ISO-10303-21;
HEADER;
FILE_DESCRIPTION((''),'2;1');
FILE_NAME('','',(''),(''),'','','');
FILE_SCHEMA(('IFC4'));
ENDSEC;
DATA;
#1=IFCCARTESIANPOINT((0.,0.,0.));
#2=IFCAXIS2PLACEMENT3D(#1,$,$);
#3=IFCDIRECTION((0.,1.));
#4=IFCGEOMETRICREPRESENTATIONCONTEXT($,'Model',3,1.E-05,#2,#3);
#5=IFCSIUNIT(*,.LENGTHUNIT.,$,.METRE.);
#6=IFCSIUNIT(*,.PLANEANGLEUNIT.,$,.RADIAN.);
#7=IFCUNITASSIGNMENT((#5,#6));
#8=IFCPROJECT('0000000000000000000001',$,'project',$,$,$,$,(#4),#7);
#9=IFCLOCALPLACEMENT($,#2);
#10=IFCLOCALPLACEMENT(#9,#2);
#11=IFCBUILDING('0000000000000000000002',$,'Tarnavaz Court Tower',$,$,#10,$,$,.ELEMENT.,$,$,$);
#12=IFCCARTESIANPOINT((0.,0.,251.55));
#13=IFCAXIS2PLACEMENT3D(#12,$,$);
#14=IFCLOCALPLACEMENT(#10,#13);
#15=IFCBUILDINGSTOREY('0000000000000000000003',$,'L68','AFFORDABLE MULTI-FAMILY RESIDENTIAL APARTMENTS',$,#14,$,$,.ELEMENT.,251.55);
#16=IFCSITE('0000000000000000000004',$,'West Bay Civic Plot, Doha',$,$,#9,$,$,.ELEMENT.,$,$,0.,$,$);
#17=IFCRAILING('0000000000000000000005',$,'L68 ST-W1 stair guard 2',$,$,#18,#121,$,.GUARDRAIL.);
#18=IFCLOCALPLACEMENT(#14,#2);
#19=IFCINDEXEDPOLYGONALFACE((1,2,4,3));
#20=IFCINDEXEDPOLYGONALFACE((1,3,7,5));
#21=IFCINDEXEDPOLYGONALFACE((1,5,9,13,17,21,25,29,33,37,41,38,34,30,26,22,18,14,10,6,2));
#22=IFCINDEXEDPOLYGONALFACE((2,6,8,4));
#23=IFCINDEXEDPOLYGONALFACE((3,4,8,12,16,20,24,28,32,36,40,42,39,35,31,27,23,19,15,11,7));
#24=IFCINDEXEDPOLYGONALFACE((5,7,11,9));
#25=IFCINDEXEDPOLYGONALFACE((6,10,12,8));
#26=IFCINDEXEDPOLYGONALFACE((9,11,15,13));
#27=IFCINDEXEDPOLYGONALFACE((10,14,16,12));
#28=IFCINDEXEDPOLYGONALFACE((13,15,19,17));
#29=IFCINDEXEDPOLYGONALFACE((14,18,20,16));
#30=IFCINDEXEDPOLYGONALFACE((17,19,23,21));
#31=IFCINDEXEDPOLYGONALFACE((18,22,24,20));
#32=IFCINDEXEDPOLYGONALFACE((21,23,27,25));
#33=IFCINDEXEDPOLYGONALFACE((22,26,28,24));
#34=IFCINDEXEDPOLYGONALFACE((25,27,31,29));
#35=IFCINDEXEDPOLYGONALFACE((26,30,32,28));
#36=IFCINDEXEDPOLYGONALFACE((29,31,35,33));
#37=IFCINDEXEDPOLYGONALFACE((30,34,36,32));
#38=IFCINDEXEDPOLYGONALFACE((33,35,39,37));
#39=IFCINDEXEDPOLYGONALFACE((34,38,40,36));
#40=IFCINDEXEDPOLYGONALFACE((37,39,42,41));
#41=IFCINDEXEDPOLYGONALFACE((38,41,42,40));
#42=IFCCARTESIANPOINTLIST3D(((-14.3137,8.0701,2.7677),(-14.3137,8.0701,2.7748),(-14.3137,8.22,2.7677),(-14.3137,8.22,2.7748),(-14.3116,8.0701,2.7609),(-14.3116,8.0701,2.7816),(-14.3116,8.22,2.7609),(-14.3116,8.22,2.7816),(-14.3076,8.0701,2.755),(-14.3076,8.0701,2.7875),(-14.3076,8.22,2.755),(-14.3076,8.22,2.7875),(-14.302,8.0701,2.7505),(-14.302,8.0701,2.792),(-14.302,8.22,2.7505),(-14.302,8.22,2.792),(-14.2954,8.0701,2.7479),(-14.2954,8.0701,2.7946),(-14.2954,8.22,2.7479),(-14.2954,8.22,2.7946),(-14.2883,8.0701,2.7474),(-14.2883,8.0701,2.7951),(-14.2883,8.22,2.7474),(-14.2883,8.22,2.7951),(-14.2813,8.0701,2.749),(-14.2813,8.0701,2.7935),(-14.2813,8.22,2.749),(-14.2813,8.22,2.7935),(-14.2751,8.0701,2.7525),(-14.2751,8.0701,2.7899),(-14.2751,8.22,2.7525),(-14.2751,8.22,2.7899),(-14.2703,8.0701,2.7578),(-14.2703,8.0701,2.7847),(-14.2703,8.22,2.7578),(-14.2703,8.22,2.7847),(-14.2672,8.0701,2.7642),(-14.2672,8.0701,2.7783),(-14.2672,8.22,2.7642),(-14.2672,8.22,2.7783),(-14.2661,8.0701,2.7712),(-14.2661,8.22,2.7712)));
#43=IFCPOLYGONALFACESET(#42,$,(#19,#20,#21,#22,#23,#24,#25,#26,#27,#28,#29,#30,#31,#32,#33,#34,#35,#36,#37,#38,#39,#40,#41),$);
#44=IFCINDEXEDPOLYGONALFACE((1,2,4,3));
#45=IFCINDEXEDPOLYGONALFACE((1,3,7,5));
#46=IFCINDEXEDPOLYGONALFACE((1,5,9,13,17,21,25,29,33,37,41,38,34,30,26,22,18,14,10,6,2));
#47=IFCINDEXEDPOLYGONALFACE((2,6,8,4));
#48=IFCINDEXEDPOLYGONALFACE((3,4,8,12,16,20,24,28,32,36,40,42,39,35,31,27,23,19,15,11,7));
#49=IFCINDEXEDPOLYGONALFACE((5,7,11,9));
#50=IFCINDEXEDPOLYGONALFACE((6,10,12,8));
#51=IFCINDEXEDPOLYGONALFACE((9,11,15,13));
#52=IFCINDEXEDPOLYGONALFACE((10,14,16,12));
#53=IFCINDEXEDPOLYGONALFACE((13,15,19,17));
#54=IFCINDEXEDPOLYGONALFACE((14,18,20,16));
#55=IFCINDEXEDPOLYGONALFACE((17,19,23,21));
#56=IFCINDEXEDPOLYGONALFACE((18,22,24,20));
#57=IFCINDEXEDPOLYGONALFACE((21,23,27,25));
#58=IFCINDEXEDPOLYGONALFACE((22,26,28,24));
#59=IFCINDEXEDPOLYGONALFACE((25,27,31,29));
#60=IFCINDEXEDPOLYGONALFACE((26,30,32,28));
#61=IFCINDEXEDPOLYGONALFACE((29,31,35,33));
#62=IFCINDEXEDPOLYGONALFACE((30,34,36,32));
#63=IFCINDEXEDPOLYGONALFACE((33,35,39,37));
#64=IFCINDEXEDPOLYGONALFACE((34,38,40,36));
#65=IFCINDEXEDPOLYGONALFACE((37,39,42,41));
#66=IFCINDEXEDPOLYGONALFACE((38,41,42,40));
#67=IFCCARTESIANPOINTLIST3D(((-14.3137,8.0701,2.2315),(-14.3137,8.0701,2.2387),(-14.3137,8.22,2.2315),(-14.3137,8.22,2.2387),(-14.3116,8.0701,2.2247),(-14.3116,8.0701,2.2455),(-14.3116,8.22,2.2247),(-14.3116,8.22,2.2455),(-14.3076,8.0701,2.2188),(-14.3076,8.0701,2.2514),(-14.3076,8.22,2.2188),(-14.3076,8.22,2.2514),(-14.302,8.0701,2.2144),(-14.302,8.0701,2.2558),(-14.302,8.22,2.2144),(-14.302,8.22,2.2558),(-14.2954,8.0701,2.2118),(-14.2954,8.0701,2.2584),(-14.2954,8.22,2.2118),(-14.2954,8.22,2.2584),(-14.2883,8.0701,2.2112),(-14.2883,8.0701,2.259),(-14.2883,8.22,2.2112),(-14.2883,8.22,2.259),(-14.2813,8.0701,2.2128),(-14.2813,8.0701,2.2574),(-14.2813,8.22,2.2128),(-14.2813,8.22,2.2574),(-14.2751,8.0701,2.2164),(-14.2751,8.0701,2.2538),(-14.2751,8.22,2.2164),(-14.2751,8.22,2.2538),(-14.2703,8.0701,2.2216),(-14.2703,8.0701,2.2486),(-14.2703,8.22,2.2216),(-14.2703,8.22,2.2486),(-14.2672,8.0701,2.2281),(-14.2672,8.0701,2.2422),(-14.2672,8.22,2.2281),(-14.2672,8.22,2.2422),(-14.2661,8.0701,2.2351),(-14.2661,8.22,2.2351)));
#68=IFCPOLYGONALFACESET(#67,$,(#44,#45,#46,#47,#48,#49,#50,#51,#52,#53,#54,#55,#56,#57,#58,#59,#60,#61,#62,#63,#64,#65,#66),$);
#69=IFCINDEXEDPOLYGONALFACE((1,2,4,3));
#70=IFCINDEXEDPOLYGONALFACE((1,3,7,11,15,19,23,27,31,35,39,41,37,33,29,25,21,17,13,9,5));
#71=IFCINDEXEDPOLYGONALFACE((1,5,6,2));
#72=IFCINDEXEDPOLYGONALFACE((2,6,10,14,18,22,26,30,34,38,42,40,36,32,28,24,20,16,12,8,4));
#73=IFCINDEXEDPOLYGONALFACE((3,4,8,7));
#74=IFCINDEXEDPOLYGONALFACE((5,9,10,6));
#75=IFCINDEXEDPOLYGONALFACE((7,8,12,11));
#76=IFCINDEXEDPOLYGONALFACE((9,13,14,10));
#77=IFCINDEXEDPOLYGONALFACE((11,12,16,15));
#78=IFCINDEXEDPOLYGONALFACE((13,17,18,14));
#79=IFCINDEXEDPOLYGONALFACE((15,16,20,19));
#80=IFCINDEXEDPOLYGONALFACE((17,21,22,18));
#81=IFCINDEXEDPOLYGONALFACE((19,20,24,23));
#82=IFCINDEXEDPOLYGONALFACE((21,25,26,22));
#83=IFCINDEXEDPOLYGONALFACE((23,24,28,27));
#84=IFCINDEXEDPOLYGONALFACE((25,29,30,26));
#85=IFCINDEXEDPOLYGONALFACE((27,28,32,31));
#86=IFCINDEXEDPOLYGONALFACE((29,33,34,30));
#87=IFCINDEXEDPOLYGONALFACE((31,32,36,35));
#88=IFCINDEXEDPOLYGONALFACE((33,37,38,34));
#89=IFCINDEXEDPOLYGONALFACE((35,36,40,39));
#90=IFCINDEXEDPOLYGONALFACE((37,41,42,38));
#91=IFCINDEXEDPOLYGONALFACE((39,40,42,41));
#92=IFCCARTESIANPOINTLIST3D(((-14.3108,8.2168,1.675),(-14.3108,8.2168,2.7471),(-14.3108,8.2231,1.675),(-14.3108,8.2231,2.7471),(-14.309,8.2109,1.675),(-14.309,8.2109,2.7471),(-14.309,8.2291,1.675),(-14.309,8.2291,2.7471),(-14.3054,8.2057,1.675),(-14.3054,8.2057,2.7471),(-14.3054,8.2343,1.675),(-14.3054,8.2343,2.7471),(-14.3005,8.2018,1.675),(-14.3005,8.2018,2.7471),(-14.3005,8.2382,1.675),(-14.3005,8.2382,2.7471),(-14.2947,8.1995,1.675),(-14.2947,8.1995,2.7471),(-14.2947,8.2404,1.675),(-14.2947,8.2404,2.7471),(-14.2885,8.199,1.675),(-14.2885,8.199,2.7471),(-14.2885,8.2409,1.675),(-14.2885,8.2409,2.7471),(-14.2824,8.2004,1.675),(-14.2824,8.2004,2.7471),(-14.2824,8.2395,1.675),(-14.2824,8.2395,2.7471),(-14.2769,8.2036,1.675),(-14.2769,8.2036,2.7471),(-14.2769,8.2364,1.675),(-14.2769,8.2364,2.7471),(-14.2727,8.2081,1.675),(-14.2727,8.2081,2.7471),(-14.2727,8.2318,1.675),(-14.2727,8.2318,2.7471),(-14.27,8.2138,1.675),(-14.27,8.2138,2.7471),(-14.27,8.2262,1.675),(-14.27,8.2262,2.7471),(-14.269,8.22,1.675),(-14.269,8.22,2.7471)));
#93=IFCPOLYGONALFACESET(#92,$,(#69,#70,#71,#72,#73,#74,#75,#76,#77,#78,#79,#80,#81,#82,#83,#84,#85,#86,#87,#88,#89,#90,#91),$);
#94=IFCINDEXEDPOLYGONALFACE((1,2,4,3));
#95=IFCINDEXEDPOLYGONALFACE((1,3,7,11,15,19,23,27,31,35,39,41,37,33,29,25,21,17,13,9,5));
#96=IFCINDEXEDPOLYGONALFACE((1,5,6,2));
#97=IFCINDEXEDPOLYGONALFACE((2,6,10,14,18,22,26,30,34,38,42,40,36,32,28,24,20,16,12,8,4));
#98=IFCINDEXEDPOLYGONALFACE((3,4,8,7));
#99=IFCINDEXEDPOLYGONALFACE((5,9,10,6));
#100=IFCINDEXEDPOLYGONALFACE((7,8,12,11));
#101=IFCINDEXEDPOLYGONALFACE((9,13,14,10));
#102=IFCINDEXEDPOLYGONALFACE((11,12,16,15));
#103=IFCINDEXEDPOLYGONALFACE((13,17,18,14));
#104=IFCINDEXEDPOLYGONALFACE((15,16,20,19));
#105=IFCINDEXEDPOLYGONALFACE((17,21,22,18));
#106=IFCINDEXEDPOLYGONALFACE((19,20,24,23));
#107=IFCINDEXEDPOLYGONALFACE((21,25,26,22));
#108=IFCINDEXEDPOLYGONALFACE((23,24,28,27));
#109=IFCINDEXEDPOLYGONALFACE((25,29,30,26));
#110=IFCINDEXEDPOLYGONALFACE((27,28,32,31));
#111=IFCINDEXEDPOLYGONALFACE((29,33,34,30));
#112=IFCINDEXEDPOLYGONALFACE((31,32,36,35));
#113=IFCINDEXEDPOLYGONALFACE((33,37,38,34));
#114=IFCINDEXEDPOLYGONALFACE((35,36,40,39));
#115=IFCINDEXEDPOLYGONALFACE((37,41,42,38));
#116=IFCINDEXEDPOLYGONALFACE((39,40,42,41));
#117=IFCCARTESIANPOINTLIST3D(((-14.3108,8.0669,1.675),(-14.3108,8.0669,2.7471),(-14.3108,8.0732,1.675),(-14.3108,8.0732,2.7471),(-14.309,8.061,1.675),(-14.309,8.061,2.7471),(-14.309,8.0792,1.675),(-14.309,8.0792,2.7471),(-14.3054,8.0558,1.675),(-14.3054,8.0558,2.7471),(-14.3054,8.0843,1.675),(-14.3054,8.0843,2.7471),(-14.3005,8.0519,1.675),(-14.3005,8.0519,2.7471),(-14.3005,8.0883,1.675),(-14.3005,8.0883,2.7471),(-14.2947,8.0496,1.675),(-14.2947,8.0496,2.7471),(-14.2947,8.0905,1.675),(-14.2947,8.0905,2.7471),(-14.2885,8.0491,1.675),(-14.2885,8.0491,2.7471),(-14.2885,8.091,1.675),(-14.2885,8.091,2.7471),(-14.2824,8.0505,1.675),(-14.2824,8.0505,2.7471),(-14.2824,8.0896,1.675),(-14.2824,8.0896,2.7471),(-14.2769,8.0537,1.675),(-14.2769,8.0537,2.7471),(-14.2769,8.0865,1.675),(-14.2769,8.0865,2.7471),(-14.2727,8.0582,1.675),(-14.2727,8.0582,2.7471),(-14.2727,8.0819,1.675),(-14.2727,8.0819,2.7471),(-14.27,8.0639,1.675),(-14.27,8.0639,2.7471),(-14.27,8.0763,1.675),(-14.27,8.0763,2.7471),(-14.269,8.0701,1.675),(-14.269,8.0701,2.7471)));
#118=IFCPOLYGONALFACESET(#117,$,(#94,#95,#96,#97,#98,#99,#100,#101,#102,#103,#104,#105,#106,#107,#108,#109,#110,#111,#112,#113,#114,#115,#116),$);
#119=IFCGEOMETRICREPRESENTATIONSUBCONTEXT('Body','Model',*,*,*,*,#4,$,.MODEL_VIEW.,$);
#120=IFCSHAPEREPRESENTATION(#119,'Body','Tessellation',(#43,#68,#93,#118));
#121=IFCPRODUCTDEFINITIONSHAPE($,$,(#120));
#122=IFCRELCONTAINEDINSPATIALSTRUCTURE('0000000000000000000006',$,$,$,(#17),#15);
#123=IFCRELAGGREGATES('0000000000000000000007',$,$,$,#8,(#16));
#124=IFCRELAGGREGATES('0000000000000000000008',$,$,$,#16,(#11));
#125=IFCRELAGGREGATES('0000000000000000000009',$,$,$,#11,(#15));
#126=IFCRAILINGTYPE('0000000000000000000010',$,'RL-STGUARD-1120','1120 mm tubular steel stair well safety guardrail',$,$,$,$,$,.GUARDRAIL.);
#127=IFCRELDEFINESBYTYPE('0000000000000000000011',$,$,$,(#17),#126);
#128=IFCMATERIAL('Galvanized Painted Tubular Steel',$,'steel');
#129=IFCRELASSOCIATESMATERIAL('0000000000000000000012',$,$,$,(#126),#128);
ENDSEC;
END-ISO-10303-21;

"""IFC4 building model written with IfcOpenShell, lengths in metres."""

from ifc_helpers import new_model, si_unit, direction, frame, origin, origin_2d, place, context, subcontext, project, spatial, circle, extrude, material, type_object, element, save


model = new_model("IFC4")

# Units and contexts
model_context = context("Model", 3, precision=1e-05, world=origin(), true_north=direction((0.0, 1.0)))
body_context = subcontext(model_context, "Body", "Model", "MODEL_VIEW")
ifc_project = project(units=[si_unit("LENGTHUNIT", "METRE"), si_unit("PLANEANGLEUNIT", "RADIAN")], contexts=[model_context])

# Site, building, storey
site_placement = place(None, origin())
site = spatial("IfcSite", under=ifc_project, at=site_placement, Name="West Bay Civic Plot, Doha", CompositionType="ELEMENT", RefElevation=0.0)
building_placement = place(site_placement, origin())
building = spatial("IfcBuilding", under=site, at=building_placement, Name="Tarnavaz Court Tower", CompositionType="ELEMENT")
storey_placement = place(building_placement, frame((0.0, 0.0, 251.55)))
storey = spatial("IfcBuildingStorey", under=building, at=storey_placement, Name="L68", Description="AFFORDABLE MULTI-FAMILY RESIDENTIAL APARTMENTS", CompositionType="ELEMENT", Elevation=251.55)

# Railing
ifc_material_1 = material(Name="Galvanized Painted Tubular Steel", Category="steel")
railing_type_1 = type_object("IfcRailingType", Name="RL-STGUARD-1120", Description="1120 mm tubular steel stair well safety guardrail", PredefinedType="GUARDRAIL", material=ifc_material_1)
railing_1_placement = place(storey_placement, frame((-14.29, 8.22, 1.675)))
element("IfcRailing", 1, at=railing_1_placement, inside=storey, type_object=railing_type_1, Name="L68 ST-W1 stair guard 2", PredefinedType="GUARDRAIL", context=body_context, shape_type="SweptSolid", body=[
    extrude(circle(Radius=0.0239, at=origin_2d()), frame((0.0, 0.0, 1.0962), z_axis=(0.0, -1.0, 0.0), x_axis=(1.0, 0.0, 0.0)), (0.0, 0.0, 1.0), 0.1499),
    extrude(circle(Radius=0.0239, at=origin_2d()), frame((0.0, 0.0, 0.5601), z_axis=(0.0, -1.0, 0.0), x_axis=(1.0, 0.0, 0.0)), (0.0, 0.0, 1.0), 0.1499),
    extrude(circle(Radius=0.021, at=origin_2d()), origin(), (0.0, 0.0, 1.0), 1.072),
    extrude(circle(Radius=0.021, at=origin_2d()), frame((0.0, -0.1499, 0.0)), (0.0, 0.0, 1.0), 1.072),
])

save(model, "model.ifc")
